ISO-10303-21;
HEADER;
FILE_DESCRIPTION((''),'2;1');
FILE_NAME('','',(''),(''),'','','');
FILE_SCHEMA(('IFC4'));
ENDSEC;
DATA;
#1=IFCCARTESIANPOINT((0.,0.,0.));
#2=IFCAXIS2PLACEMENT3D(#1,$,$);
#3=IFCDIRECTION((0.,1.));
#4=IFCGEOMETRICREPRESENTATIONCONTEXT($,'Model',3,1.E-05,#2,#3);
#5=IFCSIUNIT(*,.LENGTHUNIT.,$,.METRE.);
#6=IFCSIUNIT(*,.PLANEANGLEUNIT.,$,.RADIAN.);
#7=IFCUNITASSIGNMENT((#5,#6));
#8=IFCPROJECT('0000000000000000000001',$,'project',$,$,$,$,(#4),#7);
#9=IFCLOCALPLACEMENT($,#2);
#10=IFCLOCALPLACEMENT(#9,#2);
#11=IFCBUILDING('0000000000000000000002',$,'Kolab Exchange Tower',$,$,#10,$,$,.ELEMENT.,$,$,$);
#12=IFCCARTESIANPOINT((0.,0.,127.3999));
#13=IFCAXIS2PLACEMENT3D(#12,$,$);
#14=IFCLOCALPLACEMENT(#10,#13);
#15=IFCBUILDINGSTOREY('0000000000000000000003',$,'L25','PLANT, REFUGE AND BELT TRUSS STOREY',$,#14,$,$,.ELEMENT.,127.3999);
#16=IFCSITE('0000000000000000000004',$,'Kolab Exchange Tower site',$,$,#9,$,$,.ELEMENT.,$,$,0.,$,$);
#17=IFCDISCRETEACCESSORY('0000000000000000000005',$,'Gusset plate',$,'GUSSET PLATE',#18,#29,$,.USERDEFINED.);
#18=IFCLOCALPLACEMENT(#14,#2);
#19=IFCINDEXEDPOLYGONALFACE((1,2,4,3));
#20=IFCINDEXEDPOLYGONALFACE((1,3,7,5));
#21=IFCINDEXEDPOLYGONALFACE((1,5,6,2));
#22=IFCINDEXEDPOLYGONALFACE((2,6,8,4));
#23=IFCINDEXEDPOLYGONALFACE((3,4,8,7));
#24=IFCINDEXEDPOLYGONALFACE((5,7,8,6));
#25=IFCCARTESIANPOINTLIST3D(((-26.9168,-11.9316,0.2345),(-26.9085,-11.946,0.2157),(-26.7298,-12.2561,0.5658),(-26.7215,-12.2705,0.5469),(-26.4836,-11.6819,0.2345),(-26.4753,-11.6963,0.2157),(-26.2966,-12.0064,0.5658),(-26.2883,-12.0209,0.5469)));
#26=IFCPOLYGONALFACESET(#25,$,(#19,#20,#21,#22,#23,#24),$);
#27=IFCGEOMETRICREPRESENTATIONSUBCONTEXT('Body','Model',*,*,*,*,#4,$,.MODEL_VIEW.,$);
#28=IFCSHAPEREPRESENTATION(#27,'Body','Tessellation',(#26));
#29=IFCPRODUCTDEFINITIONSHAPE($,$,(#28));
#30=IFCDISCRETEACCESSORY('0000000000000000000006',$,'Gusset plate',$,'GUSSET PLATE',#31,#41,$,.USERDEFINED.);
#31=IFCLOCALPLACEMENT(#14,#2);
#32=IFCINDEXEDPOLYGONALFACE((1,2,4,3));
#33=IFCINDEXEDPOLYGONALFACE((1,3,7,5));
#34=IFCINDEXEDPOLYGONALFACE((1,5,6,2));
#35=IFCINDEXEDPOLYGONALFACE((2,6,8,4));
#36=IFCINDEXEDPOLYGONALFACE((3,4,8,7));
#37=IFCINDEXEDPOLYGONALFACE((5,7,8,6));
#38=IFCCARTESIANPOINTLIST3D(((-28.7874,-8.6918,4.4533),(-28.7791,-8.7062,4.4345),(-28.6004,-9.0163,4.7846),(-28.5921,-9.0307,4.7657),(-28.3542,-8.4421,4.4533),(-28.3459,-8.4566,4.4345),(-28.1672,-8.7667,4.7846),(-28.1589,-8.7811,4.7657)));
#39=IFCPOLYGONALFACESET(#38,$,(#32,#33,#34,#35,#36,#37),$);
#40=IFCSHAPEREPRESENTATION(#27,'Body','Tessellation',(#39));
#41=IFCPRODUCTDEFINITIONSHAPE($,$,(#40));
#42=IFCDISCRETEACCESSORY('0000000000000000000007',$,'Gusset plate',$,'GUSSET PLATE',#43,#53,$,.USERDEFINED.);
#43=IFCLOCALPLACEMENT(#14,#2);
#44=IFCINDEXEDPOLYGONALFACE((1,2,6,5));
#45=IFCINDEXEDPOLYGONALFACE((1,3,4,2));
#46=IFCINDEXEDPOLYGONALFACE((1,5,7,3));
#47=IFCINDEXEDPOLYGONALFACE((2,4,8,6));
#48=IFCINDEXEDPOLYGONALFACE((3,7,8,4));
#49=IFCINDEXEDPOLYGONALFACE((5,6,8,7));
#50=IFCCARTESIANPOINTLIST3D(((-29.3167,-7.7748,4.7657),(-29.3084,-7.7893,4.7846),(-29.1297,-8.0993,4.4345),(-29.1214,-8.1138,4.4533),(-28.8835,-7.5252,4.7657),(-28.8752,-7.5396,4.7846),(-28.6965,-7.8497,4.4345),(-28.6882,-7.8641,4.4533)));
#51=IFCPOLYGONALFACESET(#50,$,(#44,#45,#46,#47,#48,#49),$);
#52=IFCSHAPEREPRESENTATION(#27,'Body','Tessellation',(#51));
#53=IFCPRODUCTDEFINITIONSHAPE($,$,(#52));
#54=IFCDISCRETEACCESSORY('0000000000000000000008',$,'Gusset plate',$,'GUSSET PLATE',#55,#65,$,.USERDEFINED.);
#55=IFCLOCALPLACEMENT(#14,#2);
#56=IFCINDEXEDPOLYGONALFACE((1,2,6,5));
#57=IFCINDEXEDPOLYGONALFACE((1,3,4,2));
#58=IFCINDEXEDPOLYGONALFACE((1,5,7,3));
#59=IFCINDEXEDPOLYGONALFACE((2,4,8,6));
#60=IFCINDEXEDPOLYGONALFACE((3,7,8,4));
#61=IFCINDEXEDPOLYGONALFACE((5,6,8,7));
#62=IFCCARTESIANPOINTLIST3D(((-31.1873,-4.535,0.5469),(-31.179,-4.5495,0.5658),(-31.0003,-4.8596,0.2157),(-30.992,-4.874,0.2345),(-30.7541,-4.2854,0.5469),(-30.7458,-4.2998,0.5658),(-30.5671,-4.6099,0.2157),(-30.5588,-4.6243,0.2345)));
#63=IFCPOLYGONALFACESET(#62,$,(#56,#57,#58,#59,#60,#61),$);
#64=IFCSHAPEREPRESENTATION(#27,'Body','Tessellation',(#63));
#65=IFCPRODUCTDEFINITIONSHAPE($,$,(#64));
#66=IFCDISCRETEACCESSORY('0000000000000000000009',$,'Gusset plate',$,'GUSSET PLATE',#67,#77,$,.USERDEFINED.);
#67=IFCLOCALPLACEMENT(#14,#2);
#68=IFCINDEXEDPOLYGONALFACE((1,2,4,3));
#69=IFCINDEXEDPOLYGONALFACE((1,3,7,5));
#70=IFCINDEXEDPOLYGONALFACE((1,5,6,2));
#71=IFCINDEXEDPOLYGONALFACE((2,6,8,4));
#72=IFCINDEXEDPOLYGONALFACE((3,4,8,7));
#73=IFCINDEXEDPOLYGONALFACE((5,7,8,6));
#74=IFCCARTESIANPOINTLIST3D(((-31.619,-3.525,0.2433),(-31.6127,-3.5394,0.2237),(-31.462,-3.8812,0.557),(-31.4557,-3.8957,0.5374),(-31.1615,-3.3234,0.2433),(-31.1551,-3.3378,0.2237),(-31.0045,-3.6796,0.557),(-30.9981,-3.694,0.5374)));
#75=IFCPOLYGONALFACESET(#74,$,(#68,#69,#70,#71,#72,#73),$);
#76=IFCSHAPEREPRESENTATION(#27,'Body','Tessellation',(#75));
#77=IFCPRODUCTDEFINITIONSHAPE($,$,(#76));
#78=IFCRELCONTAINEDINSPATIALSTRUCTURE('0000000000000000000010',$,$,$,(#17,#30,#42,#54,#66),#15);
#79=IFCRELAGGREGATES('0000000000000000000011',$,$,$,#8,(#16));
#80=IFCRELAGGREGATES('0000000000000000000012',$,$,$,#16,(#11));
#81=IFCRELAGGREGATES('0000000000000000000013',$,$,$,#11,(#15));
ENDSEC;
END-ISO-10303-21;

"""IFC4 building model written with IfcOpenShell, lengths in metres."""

from ifc_helpers import new_model, si_unit, direction, frame, origin, origin_2d, place, context, subcontext, project, spatial, rectangle, extrude, element, save


model = new_model("IFC4")

# Units and contexts
model_context = context("Model", 3, precision=1e-05, world=origin(), true_north=direction((0.0, 1.0)))
body_context = subcontext(model_context, "Body", "Model", "MODEL_VIEW")
ifc_project = project(units=[si_unit("LENGTHUNIT", "METRE"), si_unit("PLANEANGLEUNIT", "RADIAN")], contexts=[model_context])

# Site, building, storey
site_placement = place(None, origin())
site = spatial("IfcSite", under=ifc_project, at=site_placement, Name="Kolab Exchange Tower site", CompositionType="ELEMENT", RefElevation=0.0)
building_placement = place(site_placement, origin())
building = spatial("IfcBuilding", under=site, at=building_placement, Name="Kolab Exchange Tower", CompositionType="ELEMENT")
storey_placement = place(building_placement, frame((0.0, 0.0, 127.3999)))
storey = spatial("IfcBuildingStorey", under=building, at=storey_placement, Name="L25", Description="PLANT, REFUGE AND BELT TRUSS STOREY", CompositionType="ELEMENT", Elevation=127.3999)

# Discrete accessories
for number, where, z_axis, x_axis, name in (
    (1, (-26.6067, -11.969, 0.4001), (0.330768, -0.57398, -0.749092), (0.86643, 0.499299, 0.0), "Gusset plate"),
    (2, (-28.469, -8.7437, 4.6001), (-0.330768, 0.57398, 0.749092), (-0.86643, -0.499299, 0.0), "Gusset plate"),
    (3, (-29.0066, -7.8123, 4.6001), (0.330768, -0.57398, 0.749092), (0.86643, 0.499299, 0.0), "Gusset plate"),
    (4, (-30.8689, -4.5869, 0.4001), (-0.330768, 0.57398, -0.749092), (-0.86643, -0.499299, 0.0), "Gusset plate"),
    (5, (-31.3118, -3.6023, 0.4001), (0.253048, -0.574225, -0.77861), (0.915086, 0.403258, 0.0), "Gusset plate"),
):
    element("IfcDiscreteAccessory", number, at=place(storey_placement, frame(where, z_axis=z_axis, x_axis=x_axis)), inside=storey, Name=name, ObjectType="GUSSET PLATE", PredefinedType="USERDEFINED", context=body_context, shape_type="SweptSolid", body=[
        extrude(rectangle(XDim=0.5, YDim=0.5, at=origin_2d()), origin(), (0.0, 0.0, 1.0), 0.0251),
    ])

save(model, "model.ifc")
